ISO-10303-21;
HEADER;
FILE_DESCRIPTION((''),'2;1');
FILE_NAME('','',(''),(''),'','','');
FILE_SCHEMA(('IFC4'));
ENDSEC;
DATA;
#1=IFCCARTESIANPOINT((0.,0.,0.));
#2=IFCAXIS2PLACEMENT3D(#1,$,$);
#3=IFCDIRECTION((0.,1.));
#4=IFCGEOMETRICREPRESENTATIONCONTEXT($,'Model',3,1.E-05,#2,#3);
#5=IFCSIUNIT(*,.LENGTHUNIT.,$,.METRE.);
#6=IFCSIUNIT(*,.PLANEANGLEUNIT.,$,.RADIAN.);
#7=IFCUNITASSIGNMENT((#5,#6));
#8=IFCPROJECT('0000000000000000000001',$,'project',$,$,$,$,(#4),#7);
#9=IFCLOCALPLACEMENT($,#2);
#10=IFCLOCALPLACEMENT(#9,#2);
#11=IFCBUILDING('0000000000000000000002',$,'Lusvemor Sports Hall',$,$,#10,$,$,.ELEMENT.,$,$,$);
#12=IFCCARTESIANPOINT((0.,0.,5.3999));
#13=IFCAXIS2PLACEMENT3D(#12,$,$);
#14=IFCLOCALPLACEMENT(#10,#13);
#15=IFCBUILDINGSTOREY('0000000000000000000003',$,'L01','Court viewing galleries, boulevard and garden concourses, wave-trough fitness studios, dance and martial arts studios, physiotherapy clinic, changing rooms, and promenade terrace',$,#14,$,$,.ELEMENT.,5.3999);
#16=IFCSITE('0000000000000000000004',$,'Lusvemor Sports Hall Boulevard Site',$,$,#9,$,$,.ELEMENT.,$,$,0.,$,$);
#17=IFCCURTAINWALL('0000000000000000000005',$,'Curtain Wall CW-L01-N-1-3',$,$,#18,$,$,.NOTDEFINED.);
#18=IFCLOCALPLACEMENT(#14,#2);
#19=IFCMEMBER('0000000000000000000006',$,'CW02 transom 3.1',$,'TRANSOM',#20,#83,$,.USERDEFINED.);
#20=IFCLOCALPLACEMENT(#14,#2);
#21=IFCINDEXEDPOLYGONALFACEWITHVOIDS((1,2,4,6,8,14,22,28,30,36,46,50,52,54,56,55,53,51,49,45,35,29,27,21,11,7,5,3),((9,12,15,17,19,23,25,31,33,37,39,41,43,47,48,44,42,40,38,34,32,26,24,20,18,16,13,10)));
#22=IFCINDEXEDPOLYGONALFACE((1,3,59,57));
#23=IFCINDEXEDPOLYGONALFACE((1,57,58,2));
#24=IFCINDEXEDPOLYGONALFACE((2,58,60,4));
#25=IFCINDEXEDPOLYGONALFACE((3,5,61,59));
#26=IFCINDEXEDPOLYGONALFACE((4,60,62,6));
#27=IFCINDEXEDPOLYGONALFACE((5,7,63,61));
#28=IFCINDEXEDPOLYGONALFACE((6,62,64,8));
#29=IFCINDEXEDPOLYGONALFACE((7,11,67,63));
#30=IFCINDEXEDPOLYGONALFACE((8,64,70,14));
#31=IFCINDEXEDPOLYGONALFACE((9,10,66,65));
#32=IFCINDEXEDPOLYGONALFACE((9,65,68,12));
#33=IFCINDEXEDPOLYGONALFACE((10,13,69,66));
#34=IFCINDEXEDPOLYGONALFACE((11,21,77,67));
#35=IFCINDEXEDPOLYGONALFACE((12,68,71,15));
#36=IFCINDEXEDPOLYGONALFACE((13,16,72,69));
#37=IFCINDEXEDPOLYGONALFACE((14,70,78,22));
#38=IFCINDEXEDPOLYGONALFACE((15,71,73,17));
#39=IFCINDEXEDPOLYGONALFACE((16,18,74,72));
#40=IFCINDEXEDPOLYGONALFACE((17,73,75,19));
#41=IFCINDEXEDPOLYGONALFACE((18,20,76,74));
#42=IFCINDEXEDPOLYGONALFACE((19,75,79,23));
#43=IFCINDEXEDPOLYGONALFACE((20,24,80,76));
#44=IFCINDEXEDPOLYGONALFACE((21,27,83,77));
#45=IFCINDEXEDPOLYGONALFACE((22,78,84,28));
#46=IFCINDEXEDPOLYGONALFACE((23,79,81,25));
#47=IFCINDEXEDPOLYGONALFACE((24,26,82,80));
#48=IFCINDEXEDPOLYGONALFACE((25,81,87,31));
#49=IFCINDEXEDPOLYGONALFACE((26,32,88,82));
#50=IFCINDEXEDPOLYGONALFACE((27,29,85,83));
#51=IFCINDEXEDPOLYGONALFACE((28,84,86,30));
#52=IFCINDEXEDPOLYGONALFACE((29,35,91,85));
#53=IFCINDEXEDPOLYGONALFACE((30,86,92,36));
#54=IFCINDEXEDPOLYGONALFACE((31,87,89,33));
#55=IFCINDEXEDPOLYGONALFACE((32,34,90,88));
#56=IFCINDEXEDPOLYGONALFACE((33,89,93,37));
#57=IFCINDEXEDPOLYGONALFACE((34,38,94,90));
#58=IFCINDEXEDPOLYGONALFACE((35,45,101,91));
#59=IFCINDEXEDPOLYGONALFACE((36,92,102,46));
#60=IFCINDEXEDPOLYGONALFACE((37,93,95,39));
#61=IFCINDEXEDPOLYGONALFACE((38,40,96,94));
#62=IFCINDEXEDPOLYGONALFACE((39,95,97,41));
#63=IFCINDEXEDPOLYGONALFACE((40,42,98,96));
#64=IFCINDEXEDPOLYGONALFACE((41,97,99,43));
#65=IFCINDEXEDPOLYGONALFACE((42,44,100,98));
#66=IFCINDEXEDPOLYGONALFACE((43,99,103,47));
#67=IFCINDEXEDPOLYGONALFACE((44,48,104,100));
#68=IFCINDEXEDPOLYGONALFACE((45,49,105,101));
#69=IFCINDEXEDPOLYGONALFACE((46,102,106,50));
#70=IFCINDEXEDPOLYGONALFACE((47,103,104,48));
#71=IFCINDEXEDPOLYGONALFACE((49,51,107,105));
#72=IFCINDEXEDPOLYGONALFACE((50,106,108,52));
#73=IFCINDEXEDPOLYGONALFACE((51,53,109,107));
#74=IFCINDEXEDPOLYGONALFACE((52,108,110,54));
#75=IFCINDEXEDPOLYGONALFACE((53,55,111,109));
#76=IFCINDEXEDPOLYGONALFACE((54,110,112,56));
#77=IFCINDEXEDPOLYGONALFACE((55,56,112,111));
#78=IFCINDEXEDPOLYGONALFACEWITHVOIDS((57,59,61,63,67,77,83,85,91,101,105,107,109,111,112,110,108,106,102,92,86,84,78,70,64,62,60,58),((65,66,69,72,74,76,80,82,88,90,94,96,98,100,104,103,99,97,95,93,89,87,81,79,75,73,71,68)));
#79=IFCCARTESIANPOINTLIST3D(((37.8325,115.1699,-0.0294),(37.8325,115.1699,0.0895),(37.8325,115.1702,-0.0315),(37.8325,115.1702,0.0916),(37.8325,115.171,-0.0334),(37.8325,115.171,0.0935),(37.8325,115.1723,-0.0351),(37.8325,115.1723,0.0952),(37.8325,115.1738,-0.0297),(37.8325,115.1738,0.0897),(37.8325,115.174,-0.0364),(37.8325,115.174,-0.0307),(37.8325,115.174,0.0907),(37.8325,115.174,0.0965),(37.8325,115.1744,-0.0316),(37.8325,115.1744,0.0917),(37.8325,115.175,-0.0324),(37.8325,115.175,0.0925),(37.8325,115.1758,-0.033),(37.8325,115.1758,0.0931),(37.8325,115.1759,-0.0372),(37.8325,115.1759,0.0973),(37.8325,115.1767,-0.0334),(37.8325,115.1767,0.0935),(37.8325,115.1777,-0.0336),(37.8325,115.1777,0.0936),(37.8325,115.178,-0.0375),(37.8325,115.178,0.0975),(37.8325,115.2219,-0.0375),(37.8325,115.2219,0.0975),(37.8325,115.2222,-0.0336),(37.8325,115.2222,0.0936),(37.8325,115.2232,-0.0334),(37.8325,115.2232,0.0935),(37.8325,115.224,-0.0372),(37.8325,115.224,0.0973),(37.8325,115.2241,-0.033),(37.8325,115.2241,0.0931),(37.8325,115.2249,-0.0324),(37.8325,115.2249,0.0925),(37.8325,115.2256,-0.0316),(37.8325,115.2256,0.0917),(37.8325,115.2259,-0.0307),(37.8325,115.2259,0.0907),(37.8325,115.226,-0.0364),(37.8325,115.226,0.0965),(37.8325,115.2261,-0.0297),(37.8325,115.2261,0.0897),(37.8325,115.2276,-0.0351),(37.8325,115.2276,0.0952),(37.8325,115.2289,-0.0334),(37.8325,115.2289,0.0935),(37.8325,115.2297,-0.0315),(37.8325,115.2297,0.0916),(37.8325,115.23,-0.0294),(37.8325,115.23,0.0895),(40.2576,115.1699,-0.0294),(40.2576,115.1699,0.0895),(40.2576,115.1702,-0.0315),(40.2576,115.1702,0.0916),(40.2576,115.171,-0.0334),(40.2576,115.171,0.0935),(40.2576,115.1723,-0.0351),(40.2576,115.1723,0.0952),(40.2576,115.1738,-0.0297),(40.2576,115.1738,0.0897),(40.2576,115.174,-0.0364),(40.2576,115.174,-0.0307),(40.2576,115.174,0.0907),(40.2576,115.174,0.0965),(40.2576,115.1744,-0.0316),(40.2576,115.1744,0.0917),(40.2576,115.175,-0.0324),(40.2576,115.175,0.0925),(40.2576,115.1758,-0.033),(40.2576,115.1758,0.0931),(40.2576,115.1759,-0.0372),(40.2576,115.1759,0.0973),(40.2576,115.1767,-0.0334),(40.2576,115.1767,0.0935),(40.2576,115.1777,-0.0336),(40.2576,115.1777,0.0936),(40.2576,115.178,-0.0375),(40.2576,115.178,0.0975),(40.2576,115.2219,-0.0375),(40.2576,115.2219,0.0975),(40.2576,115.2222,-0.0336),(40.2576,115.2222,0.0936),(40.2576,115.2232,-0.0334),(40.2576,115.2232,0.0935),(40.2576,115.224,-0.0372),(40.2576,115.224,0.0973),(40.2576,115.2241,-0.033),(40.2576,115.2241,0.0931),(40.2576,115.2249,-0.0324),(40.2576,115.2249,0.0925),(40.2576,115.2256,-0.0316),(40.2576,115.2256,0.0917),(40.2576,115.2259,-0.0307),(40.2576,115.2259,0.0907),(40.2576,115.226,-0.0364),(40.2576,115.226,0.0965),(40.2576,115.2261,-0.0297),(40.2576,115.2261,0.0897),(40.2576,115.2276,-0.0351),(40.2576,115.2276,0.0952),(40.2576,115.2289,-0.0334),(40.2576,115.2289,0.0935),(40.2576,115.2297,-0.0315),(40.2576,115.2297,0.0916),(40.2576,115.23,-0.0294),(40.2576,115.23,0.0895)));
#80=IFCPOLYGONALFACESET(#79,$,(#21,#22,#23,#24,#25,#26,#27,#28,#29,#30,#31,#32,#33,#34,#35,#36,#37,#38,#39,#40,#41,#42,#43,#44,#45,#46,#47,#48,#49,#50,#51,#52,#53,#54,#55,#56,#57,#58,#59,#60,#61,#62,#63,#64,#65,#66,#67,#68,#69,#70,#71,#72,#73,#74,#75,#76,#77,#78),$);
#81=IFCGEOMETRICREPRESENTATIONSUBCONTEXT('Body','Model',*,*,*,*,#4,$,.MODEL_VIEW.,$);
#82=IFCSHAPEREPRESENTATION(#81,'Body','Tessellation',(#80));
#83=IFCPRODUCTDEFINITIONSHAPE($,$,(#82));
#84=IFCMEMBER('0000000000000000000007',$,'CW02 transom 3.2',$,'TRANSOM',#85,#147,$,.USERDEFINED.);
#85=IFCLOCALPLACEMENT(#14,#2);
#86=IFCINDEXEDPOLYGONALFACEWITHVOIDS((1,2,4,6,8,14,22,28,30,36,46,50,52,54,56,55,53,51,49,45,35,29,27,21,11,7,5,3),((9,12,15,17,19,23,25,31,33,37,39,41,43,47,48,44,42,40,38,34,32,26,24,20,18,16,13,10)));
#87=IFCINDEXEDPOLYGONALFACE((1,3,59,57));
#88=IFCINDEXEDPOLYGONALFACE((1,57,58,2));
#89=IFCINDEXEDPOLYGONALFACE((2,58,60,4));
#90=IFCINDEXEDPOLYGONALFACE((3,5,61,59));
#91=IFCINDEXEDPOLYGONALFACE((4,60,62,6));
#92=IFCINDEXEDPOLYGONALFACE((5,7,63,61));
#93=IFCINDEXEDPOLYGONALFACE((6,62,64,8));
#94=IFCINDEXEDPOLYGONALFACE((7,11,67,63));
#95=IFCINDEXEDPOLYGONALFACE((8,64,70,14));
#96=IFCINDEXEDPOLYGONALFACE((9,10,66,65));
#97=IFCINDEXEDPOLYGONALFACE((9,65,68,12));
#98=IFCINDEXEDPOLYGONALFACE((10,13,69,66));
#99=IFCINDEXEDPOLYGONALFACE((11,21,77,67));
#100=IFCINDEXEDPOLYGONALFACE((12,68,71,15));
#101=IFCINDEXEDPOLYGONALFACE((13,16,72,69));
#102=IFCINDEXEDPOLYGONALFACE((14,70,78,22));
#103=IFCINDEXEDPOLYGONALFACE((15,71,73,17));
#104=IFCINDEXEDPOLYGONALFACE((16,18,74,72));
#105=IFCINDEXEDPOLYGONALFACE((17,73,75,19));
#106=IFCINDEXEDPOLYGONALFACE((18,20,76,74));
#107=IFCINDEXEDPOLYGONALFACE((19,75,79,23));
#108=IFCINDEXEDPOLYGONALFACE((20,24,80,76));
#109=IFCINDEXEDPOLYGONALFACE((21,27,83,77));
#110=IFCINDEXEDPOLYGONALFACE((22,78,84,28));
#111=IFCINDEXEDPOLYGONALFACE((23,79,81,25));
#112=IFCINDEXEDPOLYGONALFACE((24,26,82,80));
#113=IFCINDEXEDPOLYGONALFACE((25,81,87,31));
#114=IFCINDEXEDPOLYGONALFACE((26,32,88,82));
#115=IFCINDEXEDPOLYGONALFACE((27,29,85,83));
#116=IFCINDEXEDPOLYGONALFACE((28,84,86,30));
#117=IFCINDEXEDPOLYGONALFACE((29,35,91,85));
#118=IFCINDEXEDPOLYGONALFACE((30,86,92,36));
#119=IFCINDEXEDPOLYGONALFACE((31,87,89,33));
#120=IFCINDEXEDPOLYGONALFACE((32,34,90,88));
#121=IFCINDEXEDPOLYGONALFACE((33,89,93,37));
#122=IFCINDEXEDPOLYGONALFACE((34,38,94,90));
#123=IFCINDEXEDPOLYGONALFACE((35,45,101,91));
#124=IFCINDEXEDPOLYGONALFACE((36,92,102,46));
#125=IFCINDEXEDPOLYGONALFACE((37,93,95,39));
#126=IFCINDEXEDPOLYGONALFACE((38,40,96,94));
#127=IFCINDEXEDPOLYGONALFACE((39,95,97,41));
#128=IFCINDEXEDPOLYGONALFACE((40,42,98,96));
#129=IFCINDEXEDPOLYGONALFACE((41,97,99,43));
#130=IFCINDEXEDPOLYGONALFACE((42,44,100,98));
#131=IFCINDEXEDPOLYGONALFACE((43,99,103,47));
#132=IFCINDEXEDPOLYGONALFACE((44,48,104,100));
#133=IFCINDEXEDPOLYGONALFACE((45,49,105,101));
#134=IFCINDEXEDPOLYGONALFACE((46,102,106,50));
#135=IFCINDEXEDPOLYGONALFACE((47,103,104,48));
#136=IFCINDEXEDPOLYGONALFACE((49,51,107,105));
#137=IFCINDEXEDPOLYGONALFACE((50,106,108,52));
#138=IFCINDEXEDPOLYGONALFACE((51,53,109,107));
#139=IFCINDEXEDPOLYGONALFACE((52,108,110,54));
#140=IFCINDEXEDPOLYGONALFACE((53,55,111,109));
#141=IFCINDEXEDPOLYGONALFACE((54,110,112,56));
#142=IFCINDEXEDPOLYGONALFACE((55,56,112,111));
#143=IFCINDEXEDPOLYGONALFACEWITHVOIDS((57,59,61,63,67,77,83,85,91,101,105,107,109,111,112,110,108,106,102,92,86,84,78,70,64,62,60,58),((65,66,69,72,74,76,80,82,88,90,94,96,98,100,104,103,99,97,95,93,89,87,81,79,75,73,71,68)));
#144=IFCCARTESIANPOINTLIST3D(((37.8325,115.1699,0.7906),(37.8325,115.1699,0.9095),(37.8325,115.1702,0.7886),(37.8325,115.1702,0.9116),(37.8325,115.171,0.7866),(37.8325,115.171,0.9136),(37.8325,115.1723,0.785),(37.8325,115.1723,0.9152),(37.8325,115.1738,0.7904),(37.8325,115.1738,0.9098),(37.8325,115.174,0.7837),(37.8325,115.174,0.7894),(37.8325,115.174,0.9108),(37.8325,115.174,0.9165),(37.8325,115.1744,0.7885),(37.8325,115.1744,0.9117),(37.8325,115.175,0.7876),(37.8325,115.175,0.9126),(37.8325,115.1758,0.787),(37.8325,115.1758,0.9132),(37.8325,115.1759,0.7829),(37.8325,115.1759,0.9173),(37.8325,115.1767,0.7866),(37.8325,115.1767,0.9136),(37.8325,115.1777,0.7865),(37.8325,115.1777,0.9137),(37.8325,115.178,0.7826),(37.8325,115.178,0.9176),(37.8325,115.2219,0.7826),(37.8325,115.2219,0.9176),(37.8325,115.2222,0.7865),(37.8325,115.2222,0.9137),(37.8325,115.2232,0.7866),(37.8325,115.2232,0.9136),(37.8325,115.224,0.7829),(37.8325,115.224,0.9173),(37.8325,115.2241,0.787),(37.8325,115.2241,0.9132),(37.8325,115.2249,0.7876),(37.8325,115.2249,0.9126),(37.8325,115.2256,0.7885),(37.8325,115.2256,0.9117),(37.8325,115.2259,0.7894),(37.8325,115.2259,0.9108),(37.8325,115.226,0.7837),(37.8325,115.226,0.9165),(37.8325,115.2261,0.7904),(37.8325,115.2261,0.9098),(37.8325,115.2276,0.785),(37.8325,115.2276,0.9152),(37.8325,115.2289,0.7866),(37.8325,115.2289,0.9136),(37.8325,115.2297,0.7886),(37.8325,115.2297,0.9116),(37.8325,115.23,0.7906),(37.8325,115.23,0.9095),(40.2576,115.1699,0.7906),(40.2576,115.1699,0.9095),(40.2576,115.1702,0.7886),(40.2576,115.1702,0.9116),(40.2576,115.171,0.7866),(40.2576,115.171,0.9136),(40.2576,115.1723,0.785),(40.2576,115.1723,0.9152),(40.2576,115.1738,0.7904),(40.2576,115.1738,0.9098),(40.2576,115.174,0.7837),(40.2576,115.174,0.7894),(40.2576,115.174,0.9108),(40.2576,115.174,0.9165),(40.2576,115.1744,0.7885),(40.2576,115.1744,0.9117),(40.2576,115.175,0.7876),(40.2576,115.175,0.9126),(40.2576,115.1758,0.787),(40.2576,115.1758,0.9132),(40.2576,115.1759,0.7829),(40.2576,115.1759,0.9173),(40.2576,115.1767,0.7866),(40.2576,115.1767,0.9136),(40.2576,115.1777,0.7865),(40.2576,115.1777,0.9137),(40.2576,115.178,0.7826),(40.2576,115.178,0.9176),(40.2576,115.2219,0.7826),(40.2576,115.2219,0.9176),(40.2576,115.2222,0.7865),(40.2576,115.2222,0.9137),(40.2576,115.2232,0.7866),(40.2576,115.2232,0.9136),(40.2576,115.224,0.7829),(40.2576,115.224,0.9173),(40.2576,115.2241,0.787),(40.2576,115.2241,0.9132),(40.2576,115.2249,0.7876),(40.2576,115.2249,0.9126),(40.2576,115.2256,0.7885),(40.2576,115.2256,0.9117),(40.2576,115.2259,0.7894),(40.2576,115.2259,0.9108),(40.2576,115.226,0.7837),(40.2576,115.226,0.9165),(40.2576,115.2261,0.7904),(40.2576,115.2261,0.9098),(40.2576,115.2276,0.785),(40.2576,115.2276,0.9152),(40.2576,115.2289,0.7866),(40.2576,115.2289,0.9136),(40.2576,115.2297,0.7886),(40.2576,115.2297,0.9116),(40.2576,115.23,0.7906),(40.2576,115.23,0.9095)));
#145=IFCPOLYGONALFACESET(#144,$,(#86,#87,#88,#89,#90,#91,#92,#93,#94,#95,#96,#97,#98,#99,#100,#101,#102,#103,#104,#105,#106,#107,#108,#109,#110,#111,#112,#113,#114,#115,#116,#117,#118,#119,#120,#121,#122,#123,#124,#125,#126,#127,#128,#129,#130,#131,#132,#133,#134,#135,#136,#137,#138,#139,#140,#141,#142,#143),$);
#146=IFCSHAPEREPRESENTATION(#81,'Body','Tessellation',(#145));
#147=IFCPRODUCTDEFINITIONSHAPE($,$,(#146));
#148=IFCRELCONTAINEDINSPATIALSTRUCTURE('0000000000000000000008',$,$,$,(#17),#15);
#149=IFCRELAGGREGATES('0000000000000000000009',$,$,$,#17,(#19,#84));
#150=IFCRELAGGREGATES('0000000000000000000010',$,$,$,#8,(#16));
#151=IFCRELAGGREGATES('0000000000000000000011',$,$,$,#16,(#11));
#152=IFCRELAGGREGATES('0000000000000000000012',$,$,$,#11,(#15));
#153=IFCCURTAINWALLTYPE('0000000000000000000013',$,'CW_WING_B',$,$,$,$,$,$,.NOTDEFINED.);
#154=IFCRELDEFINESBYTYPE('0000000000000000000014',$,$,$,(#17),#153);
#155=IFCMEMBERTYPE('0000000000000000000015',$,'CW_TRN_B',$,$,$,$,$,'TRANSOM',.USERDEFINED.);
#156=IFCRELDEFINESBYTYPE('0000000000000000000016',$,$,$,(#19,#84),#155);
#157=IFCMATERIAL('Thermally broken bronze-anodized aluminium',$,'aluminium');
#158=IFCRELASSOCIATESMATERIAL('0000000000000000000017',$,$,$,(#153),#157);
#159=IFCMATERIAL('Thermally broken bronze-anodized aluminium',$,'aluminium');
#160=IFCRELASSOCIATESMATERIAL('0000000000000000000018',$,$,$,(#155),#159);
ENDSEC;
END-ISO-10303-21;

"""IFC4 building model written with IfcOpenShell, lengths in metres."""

from ifc_helpers import new_model, si_unit, direction, frame, origin, origin_2d, place, context, subcontext, project, spatial, hollow_rectangle, extrude, material, material_profile, profile_set, type_object, element, aggregate, save


model = new_model("IFC4")

# Units and contexts
model_context = context("Model", 3, precision=1e-05, world=origin(), true_north=direction((0.0, 1.0)))
body_context = subcontext(model_context, "Body", "Model", "MODEL_VIEW")
ifc_project = project(units=[si_unit("LENGTHUNIT", "METRE"), si_unit("PLANEANGLEUNIT", "RADIAN")], contexts=[model_context])

# Site, building, storey
site_placement = place(None, origin())
site = spatial("IfcSite", under=ifc_project, at=site_placement, Name="Lusvemor Sports Hall Boulevard Site", CompositionType="ELEMENT", RefElevation=0.0)
building_placement = place(site_placement, origin())
building = spatial("IfcBuilding", under=site, at=building_placement, Name="Lusvemor Sports Hall", CompositionType="ELEMENT")
storey_placement = place(building_placement, frame((0.0, 0.0, 5.3999)))
storey = spatial("IfcBuildingStorey", under=building, at=storey_placement, Name="L01", Description="Court viewing galleries, boulevard and garden concourses, wave-trough fitness studios, dance and martial arts studios, physiotherapy clinic, changing rooms, and promenade terrace", CompositionType="ELEMENT", Elevation=5.3999)

# Curtain wall, members
ifc_material_1 = material(Name="Thermally broken bronze-anodized aluminium", Category="aluminium")
curtain_wall_type = type_object("IfcCurtainWallType", Name="CW_WING_B", PredefinedType="NOTDEFINED", material=ifc_material_1)
curtain_wall_placement = place(storey_placement, origin())
curtain_wall = element("IfcCurtainWall", 1, at=curtain_wall_placement, inside=storey, type_object=curtain_wall_type, Name="Curtain Wall CW-L01-N-1-3", PredefinedType="NOTDEFINED")
ifc_material_2 = material(Name="Thermally broken bronze-anodized aluminium", Category="aluminium")
ifc_material_profile_1 = material_profile(ifc_material_2, hollow_rectangle(XDim=0.0601, YDim=0.135, WallThickness=0.0039, InnerFilletRadius=0.0039, OuterFilletRadius=0.0081, at=origin_2d()), Name="CWTRN135x60x4")
ifc_profile_set_1 = profile_set([ifc_material_profile_1], Name="Thermally broken bronze-anodized aluminium")
member_type_1 = type_object("IfcMemberType", Name="CW_TRN_B", ElementType="TRANSOM", PredefinedType="USERDEFINED", material=ifc_profile_set_1)
member_1_placement = place(storey_placement, frame((37.8325, 115.2, 0.03), z_axis=(1.0, 0.0, 0.0), x_axis=(0.0, 1.0, 0.0)))
member_1 = element("IfcMember", 2, at=member_1_placement, type_object=member_type_1, Name="CW02 transom 3.1", ObjectType="TRANSOM", PredefinedType="USERDEFINED", context=body_context, shape_type="SweptSolid", body=[
    extrude(hollow_rectangle(XDim=0.0601, YDim=0.135, WallThickness=0.0039, InnerFilletRadius=0.0039, OuterFilletRadius=0.0081, at=origin_2d()), origin(), (0.0, 0.0, 1.0), 2.425),
])
member_2_placement = place(storey_placement, frame((37.8325, 115.2, 0.8501), z_axis=(1.0, 0.0, 0.0), x_axis=(0.0, 1.0, 0.0)))
member_2 = element("IfcMember", 3, at=member_2_placement, type_object=member_type_1, Name="CW02 transom 3.2", ObjectType="TRANSOM", PredefinedType="USERDEFINED", context=body_context, shape_type="SweptSolid", body=[
    extrude(hollow_rectangle(XDim=0.0601, YDim=0.135, WallThickness=0.0039, InnerFilletRadius=0.0039, OuterFilletRadius=0.0081, at=origin_2d()), origin(), (0.0, 0.0, 1.0), 2.425),
])

aggregate(curtain_wall, [member_1, member_2])

save(model, "model.ifc")
